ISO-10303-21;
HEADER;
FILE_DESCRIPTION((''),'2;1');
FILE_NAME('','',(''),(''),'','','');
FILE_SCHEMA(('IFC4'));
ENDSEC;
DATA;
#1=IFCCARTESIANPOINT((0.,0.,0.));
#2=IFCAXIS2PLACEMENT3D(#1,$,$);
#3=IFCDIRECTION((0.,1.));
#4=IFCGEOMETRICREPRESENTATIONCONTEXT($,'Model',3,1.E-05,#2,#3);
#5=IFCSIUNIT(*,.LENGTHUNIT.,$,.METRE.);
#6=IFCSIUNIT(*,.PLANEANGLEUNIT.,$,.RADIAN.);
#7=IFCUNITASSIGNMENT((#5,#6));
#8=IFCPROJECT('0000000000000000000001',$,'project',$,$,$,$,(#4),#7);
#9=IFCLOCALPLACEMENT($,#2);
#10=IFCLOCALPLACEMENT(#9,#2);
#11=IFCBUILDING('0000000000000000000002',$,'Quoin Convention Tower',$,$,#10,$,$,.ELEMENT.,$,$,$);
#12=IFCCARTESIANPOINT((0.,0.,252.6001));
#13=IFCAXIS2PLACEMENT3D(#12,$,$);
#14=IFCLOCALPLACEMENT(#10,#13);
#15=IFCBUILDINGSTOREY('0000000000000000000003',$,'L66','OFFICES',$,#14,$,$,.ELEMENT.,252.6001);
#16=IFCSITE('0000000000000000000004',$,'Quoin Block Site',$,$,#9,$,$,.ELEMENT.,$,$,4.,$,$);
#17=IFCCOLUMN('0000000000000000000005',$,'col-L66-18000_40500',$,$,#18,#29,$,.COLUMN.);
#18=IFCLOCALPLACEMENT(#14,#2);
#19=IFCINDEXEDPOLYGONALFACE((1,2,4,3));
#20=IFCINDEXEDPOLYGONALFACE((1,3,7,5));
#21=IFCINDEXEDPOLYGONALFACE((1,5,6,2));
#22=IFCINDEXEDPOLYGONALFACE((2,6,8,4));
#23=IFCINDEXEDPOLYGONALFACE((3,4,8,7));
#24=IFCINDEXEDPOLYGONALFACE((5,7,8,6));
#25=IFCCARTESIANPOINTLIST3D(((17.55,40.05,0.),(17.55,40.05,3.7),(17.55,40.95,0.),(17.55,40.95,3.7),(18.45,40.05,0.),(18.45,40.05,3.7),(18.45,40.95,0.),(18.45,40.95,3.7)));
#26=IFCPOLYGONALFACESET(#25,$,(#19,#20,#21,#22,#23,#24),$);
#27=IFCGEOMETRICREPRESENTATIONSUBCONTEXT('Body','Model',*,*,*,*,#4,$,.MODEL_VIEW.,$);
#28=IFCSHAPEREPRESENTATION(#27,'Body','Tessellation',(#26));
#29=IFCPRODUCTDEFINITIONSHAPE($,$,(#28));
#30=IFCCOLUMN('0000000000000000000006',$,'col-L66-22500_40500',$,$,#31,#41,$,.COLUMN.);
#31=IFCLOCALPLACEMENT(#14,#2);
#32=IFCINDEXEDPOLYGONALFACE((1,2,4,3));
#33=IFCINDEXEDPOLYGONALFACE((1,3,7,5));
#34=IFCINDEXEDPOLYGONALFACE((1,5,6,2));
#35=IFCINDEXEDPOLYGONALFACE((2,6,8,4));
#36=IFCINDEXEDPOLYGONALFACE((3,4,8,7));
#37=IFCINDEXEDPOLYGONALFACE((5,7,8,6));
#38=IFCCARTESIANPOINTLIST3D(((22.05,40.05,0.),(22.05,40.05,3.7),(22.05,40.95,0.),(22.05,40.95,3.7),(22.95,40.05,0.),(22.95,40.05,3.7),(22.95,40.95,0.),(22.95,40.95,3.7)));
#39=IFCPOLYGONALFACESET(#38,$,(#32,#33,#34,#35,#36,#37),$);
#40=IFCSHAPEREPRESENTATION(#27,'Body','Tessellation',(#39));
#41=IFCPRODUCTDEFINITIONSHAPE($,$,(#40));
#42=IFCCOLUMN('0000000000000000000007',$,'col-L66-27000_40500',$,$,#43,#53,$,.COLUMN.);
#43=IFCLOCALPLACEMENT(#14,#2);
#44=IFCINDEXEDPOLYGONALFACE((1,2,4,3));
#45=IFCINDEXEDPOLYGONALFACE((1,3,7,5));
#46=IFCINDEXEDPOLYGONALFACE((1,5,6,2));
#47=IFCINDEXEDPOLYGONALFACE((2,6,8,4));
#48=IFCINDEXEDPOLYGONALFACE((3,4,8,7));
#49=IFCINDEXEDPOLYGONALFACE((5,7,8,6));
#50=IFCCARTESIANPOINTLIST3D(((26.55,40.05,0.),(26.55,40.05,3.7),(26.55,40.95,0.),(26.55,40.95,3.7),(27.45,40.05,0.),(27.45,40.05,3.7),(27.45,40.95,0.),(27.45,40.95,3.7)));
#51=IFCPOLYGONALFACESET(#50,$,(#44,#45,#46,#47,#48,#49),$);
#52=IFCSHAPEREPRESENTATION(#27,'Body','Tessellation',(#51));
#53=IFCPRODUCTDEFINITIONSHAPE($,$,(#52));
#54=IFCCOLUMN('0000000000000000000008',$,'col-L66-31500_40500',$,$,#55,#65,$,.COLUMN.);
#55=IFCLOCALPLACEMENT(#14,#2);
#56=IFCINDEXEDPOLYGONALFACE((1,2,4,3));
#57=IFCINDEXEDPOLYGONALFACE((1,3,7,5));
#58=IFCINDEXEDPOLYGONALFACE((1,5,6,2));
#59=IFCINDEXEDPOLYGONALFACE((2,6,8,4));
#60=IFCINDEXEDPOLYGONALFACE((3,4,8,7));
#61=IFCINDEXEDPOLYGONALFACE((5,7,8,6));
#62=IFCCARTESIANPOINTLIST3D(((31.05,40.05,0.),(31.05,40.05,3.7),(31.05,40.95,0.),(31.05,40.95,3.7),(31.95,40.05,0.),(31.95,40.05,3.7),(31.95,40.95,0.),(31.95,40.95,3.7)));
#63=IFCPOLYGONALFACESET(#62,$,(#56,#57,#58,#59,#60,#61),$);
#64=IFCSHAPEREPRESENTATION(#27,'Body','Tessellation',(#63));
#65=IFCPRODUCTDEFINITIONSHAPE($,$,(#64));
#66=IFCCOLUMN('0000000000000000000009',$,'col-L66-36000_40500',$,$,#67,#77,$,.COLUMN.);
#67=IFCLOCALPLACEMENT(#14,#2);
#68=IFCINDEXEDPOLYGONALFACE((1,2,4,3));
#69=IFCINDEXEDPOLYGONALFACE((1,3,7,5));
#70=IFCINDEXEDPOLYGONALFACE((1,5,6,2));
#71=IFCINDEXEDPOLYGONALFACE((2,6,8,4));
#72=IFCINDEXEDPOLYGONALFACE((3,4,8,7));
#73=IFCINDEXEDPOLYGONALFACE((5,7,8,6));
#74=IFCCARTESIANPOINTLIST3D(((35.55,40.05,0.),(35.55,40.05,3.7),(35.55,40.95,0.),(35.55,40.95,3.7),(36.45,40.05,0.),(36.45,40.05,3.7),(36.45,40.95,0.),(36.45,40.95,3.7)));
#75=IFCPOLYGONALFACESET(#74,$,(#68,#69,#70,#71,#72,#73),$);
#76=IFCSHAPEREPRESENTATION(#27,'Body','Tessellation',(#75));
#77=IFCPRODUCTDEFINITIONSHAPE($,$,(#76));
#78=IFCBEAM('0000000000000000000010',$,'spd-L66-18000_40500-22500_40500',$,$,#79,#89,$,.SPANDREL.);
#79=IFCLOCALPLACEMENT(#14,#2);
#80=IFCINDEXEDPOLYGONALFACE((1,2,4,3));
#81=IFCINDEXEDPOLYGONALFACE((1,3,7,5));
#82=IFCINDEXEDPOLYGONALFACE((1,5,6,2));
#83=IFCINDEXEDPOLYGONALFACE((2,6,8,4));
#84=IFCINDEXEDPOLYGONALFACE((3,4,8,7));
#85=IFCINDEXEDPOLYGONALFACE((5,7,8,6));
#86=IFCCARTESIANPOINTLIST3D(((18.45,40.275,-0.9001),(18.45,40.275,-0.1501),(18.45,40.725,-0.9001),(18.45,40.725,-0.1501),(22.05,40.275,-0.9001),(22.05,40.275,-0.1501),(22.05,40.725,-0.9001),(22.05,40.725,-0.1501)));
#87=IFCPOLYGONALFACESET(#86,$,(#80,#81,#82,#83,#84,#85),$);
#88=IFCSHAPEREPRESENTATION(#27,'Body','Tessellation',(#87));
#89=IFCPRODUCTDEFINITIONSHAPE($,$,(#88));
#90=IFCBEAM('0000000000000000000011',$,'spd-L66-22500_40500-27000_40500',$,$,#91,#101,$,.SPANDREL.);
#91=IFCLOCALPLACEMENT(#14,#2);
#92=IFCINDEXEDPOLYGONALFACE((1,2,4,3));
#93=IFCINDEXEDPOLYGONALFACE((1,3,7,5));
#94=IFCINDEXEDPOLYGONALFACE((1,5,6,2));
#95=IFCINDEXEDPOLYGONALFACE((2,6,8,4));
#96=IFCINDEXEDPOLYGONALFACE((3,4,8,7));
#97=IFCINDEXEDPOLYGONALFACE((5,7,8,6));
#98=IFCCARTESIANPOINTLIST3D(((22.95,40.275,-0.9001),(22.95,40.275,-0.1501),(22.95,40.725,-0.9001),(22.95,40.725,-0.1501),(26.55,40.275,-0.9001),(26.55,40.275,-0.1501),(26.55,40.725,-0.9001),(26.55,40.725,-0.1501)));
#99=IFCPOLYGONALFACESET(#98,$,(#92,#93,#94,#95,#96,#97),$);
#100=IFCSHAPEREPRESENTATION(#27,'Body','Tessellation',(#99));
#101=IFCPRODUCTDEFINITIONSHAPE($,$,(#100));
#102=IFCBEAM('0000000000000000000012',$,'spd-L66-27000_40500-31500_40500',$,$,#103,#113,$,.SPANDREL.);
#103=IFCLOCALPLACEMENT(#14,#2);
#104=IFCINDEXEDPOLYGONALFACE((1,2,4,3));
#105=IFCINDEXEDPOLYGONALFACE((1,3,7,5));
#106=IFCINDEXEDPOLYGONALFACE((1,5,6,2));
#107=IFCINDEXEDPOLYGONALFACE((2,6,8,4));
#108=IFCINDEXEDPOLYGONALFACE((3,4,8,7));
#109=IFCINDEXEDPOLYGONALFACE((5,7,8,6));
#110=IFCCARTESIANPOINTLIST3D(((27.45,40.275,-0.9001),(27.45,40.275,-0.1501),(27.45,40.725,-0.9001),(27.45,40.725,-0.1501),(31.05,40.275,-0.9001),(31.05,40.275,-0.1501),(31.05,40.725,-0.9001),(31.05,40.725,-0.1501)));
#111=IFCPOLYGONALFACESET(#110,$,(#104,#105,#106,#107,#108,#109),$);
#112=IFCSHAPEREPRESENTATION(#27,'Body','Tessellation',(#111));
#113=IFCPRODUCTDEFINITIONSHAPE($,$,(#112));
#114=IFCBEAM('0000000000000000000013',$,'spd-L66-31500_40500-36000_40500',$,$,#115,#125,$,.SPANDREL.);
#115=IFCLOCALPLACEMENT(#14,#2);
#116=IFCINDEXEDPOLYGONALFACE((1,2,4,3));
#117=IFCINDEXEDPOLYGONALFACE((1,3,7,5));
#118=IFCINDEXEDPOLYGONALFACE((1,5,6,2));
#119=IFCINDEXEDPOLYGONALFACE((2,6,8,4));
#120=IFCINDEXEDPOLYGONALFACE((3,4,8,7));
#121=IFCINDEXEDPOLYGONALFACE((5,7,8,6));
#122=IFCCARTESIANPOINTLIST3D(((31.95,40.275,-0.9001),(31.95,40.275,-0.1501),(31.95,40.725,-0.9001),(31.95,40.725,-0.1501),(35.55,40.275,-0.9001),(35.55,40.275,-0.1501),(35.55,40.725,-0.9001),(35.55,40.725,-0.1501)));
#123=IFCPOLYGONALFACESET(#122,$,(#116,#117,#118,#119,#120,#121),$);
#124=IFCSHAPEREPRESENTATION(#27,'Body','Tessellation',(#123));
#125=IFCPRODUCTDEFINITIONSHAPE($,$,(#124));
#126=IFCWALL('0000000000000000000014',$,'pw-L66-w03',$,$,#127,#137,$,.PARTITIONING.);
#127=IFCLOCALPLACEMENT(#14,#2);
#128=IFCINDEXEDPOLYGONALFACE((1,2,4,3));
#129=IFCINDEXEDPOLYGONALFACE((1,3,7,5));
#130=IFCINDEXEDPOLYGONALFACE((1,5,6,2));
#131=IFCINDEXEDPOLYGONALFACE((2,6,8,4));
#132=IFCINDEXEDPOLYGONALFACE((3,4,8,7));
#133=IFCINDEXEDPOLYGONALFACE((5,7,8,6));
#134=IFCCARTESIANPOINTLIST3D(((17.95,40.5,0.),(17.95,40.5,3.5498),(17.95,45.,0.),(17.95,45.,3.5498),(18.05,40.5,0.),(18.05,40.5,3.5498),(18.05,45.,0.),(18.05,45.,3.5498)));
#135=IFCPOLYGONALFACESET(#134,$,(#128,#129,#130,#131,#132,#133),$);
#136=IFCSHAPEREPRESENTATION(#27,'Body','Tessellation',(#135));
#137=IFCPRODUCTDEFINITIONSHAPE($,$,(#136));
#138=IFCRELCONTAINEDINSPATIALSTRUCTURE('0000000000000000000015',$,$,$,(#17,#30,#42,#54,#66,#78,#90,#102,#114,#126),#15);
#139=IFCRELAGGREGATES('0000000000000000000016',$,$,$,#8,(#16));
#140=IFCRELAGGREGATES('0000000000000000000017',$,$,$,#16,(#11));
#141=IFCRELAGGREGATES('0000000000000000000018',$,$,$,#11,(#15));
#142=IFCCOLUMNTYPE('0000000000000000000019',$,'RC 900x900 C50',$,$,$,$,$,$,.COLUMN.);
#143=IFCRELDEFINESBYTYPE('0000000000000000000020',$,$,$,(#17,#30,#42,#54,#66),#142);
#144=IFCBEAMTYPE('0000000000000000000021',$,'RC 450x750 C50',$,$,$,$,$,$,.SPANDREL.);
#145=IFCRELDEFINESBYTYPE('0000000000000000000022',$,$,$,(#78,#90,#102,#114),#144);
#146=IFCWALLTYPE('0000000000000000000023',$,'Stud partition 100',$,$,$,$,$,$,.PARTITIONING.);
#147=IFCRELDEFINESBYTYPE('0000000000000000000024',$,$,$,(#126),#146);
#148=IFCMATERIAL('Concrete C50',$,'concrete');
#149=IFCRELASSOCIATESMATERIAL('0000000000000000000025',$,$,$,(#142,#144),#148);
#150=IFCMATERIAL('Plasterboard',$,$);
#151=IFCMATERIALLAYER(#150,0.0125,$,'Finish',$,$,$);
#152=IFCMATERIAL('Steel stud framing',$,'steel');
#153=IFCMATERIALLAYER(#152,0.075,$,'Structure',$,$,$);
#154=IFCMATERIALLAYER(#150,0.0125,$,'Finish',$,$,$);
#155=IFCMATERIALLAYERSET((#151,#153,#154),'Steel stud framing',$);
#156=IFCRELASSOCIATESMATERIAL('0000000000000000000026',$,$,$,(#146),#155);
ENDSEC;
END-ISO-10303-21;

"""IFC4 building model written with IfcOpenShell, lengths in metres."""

from ifc_helpers import new_model, si_unit, direction, frame, frame_2d, origin, origin_2d, place, context, subcontext, project, spatial, rectangle, extrude, material, layer, layer_set, material_profile, profile_set, type_object, element, save


model = new_model("IFC4")

# Units and contexts
model_context = context("Model", 3, precision=1e-05, world=origin(), true_north=direction((0.0, 1.0)))
body_context = subcontext(model_context, "Body", "Model", "MODEL_VIEW")
ifc_project = project(units=[si_unit("LENGTHUNIT", "METRE"), si_unit("PLANEANGLEUNIT", "RADIAN")], contexts=[model_context])

# Site, building, storey
site_placement = place(None, origin())
site = spatial("IfcSite", under=ifc_project, at=site_placement, Name="Quoin Block Site", CompositionType="ELEMENT", RefElevation=4.0)
building_placement = place(site_placement, origin())
building = spatial("IfcBuilding", under=site, at=building_placement, Name="Quoin Convention Tower", CompositionType="ELEMENT")
storey_placement = place(building_placement, frame((0.0, 0.0, 252.6001)))
storey = spatial("IfcBuildingStorey", under=building, at=storey_placement, Name="L66", Description="OFFICES", CompositionType="ELEMENT", Elevation=252.6001)

# Columns
ifc_material_1 = material(Name="Concrete C50", Category="concrete")
ifc_material_profile_1 = material_profile(ifc_material_1, rectangle(XDim=0.8999, YDim=0.8999, at=origin_2d()), Name="RC 900x900")
ifc_profile_set_1 = profile_set([ifc_material_profile_1], Name="Concrete C50")
column_type = type_object("IfcColumnType", Name="RC 900x900 C50", PredefinedType="COLUMN", material=ifc_profile_set_1)
for number, where, z_axis, x_axis, name in (
    (1, (18.0, 40.5, 0.0), (0.0, 0.0, 1.0), (1.0, 0.0, 0.0), "col-L66-18000_40500"),
    (2, (22.5, 40.5, 0.0), (0.0, 0.0, 1.0), (1.0, 0.0, 0.0), "col-L66-22500_40500"),
    (3, (27.0, 40.5, 0.0), (0.0, 0.0, 1.0), (1.0, 0.0, 0.0), "col-L66-27000_40500"),
    (4, (31.5, 40.5, 0.0), (0.0, 0.0, 1.0), (1.0, 0.0, 0.0), "col-L66-31500_40500"),
    (5, (36.0, 40.5, 0.0), (0.0, 0.0, 1.0), (1.0, 0.0, 0.0), "col-L66-36000_40500"),
):
    element("IfcColumn", number, at=place(storey_placement, frame(where, z_axis=z_axis, x_axis=x_axis)), inside=storey, type_object=column_type, Name=name, PredefinedType="COLUMN", context=body_context, shape_type="SweptSolid", body=[
        extrude(rectangle(XDim=0.8999, YDim=0.8999, at=origin_2d()), origin(), (0.0, 0.0, 1.0), 3.7),
    ])

# Beams
ifc_material_profile_2 = material_profile(ifc_material_1, rectangle(XDim=0.45, YDim=0.75, at=origin_2d()), Name="RC 450x750")
ifc_profile_set_2 = profile_set([ifc_material_profile_2], Name="Concrete C50")
beam_type = type_object("IfcBeamType", Name="RC 450x750 C50", PredefinedType="SPANDREL", material=ifc_profile_set_2)
for number, where, z_axis, x_axis, name in (
    (6, (18.45, 40.5, -0.5251), (1.0, 0.0, 0.0), (0.0, 1.0, 0.0), "spd-L66-18000_40500-22500_40500"),
    (7, (22.95, 40.5, -0.5251), (1.0, 0.0, 0.0), (0.0, 1.0, 0.0), "spd-L66-22500_40500-27000_40500"),
    (8, (27.45, 40.5, -0.5251), (1.0, 0.0, 0.0), (0.0, 1.0, 0.0), "spd-L66-27000_40500-31500_40500"),
    (9, (31.95, 40.5, -0.5251), (1.0, 0.0, 0.0), (0.0, 1.0, 0.0), "spd-L66-31500_40500-36000_40500"),
):
    element("IfcBeam", number, at=place(storey_placement, frame(where, z_axis=z_axis, x_axis=x_axis)), inside=storey, type_object=beam_type, Name=name, PredefinedType="SPANDREL", context=body_context, shape_type="SweptSolid", body=[
        extrude(rectangle(XDim=0.45, YDim=0.75, at=origin_2d()), origin(), (0.0, 0.0, 1.0), 3.6001),
    ])

# Wall
ifc_material_2 = material(Name="Plasterboard")
ifc_layer_1 = layer(ifc_material_2, 0.0125, Name="Finish")
ifc_material_3 = material(Name="Steel stud framing", Category="steel")
ifc_layer_2 = layer(ifc_material_3, 0.075, Name="Structure")
ifc_layer_3 = layer(ifc_material_2, 0.0125, Name="Finish")
ifc_layer_set = layer_set([ifc_layer_1, ifc_layer_2, ifc_layer_3], Name="Steel stud framing")
wall_type = type_object("IfcWallType", Name="Stud partition 100", PredefinedType="PARTITIONING", material=ifc_layer_set)
wall_placement = place(storey_placement, frame((18.0, 40.5, 0.0), z_axis=(0.0, 0.0, 1.0), x_axis=(0.0, 1.0, 0.0)))
element("IfcWall", 10, at=wall_placement, inside=storey, type_object=wall_type, Name="pw-L66-w03", PredefinedType="PARTITIONING", context=body_context, shape_type="SweptSolid", body=[
    extrude(rectangle(XDim=4.5, YDim=0.1001, at=frame_2d((2.25, 0.0))), origin(), (0.0, 0.0, 1.0), 3.5498),
])

save(model, "model.ifc")
